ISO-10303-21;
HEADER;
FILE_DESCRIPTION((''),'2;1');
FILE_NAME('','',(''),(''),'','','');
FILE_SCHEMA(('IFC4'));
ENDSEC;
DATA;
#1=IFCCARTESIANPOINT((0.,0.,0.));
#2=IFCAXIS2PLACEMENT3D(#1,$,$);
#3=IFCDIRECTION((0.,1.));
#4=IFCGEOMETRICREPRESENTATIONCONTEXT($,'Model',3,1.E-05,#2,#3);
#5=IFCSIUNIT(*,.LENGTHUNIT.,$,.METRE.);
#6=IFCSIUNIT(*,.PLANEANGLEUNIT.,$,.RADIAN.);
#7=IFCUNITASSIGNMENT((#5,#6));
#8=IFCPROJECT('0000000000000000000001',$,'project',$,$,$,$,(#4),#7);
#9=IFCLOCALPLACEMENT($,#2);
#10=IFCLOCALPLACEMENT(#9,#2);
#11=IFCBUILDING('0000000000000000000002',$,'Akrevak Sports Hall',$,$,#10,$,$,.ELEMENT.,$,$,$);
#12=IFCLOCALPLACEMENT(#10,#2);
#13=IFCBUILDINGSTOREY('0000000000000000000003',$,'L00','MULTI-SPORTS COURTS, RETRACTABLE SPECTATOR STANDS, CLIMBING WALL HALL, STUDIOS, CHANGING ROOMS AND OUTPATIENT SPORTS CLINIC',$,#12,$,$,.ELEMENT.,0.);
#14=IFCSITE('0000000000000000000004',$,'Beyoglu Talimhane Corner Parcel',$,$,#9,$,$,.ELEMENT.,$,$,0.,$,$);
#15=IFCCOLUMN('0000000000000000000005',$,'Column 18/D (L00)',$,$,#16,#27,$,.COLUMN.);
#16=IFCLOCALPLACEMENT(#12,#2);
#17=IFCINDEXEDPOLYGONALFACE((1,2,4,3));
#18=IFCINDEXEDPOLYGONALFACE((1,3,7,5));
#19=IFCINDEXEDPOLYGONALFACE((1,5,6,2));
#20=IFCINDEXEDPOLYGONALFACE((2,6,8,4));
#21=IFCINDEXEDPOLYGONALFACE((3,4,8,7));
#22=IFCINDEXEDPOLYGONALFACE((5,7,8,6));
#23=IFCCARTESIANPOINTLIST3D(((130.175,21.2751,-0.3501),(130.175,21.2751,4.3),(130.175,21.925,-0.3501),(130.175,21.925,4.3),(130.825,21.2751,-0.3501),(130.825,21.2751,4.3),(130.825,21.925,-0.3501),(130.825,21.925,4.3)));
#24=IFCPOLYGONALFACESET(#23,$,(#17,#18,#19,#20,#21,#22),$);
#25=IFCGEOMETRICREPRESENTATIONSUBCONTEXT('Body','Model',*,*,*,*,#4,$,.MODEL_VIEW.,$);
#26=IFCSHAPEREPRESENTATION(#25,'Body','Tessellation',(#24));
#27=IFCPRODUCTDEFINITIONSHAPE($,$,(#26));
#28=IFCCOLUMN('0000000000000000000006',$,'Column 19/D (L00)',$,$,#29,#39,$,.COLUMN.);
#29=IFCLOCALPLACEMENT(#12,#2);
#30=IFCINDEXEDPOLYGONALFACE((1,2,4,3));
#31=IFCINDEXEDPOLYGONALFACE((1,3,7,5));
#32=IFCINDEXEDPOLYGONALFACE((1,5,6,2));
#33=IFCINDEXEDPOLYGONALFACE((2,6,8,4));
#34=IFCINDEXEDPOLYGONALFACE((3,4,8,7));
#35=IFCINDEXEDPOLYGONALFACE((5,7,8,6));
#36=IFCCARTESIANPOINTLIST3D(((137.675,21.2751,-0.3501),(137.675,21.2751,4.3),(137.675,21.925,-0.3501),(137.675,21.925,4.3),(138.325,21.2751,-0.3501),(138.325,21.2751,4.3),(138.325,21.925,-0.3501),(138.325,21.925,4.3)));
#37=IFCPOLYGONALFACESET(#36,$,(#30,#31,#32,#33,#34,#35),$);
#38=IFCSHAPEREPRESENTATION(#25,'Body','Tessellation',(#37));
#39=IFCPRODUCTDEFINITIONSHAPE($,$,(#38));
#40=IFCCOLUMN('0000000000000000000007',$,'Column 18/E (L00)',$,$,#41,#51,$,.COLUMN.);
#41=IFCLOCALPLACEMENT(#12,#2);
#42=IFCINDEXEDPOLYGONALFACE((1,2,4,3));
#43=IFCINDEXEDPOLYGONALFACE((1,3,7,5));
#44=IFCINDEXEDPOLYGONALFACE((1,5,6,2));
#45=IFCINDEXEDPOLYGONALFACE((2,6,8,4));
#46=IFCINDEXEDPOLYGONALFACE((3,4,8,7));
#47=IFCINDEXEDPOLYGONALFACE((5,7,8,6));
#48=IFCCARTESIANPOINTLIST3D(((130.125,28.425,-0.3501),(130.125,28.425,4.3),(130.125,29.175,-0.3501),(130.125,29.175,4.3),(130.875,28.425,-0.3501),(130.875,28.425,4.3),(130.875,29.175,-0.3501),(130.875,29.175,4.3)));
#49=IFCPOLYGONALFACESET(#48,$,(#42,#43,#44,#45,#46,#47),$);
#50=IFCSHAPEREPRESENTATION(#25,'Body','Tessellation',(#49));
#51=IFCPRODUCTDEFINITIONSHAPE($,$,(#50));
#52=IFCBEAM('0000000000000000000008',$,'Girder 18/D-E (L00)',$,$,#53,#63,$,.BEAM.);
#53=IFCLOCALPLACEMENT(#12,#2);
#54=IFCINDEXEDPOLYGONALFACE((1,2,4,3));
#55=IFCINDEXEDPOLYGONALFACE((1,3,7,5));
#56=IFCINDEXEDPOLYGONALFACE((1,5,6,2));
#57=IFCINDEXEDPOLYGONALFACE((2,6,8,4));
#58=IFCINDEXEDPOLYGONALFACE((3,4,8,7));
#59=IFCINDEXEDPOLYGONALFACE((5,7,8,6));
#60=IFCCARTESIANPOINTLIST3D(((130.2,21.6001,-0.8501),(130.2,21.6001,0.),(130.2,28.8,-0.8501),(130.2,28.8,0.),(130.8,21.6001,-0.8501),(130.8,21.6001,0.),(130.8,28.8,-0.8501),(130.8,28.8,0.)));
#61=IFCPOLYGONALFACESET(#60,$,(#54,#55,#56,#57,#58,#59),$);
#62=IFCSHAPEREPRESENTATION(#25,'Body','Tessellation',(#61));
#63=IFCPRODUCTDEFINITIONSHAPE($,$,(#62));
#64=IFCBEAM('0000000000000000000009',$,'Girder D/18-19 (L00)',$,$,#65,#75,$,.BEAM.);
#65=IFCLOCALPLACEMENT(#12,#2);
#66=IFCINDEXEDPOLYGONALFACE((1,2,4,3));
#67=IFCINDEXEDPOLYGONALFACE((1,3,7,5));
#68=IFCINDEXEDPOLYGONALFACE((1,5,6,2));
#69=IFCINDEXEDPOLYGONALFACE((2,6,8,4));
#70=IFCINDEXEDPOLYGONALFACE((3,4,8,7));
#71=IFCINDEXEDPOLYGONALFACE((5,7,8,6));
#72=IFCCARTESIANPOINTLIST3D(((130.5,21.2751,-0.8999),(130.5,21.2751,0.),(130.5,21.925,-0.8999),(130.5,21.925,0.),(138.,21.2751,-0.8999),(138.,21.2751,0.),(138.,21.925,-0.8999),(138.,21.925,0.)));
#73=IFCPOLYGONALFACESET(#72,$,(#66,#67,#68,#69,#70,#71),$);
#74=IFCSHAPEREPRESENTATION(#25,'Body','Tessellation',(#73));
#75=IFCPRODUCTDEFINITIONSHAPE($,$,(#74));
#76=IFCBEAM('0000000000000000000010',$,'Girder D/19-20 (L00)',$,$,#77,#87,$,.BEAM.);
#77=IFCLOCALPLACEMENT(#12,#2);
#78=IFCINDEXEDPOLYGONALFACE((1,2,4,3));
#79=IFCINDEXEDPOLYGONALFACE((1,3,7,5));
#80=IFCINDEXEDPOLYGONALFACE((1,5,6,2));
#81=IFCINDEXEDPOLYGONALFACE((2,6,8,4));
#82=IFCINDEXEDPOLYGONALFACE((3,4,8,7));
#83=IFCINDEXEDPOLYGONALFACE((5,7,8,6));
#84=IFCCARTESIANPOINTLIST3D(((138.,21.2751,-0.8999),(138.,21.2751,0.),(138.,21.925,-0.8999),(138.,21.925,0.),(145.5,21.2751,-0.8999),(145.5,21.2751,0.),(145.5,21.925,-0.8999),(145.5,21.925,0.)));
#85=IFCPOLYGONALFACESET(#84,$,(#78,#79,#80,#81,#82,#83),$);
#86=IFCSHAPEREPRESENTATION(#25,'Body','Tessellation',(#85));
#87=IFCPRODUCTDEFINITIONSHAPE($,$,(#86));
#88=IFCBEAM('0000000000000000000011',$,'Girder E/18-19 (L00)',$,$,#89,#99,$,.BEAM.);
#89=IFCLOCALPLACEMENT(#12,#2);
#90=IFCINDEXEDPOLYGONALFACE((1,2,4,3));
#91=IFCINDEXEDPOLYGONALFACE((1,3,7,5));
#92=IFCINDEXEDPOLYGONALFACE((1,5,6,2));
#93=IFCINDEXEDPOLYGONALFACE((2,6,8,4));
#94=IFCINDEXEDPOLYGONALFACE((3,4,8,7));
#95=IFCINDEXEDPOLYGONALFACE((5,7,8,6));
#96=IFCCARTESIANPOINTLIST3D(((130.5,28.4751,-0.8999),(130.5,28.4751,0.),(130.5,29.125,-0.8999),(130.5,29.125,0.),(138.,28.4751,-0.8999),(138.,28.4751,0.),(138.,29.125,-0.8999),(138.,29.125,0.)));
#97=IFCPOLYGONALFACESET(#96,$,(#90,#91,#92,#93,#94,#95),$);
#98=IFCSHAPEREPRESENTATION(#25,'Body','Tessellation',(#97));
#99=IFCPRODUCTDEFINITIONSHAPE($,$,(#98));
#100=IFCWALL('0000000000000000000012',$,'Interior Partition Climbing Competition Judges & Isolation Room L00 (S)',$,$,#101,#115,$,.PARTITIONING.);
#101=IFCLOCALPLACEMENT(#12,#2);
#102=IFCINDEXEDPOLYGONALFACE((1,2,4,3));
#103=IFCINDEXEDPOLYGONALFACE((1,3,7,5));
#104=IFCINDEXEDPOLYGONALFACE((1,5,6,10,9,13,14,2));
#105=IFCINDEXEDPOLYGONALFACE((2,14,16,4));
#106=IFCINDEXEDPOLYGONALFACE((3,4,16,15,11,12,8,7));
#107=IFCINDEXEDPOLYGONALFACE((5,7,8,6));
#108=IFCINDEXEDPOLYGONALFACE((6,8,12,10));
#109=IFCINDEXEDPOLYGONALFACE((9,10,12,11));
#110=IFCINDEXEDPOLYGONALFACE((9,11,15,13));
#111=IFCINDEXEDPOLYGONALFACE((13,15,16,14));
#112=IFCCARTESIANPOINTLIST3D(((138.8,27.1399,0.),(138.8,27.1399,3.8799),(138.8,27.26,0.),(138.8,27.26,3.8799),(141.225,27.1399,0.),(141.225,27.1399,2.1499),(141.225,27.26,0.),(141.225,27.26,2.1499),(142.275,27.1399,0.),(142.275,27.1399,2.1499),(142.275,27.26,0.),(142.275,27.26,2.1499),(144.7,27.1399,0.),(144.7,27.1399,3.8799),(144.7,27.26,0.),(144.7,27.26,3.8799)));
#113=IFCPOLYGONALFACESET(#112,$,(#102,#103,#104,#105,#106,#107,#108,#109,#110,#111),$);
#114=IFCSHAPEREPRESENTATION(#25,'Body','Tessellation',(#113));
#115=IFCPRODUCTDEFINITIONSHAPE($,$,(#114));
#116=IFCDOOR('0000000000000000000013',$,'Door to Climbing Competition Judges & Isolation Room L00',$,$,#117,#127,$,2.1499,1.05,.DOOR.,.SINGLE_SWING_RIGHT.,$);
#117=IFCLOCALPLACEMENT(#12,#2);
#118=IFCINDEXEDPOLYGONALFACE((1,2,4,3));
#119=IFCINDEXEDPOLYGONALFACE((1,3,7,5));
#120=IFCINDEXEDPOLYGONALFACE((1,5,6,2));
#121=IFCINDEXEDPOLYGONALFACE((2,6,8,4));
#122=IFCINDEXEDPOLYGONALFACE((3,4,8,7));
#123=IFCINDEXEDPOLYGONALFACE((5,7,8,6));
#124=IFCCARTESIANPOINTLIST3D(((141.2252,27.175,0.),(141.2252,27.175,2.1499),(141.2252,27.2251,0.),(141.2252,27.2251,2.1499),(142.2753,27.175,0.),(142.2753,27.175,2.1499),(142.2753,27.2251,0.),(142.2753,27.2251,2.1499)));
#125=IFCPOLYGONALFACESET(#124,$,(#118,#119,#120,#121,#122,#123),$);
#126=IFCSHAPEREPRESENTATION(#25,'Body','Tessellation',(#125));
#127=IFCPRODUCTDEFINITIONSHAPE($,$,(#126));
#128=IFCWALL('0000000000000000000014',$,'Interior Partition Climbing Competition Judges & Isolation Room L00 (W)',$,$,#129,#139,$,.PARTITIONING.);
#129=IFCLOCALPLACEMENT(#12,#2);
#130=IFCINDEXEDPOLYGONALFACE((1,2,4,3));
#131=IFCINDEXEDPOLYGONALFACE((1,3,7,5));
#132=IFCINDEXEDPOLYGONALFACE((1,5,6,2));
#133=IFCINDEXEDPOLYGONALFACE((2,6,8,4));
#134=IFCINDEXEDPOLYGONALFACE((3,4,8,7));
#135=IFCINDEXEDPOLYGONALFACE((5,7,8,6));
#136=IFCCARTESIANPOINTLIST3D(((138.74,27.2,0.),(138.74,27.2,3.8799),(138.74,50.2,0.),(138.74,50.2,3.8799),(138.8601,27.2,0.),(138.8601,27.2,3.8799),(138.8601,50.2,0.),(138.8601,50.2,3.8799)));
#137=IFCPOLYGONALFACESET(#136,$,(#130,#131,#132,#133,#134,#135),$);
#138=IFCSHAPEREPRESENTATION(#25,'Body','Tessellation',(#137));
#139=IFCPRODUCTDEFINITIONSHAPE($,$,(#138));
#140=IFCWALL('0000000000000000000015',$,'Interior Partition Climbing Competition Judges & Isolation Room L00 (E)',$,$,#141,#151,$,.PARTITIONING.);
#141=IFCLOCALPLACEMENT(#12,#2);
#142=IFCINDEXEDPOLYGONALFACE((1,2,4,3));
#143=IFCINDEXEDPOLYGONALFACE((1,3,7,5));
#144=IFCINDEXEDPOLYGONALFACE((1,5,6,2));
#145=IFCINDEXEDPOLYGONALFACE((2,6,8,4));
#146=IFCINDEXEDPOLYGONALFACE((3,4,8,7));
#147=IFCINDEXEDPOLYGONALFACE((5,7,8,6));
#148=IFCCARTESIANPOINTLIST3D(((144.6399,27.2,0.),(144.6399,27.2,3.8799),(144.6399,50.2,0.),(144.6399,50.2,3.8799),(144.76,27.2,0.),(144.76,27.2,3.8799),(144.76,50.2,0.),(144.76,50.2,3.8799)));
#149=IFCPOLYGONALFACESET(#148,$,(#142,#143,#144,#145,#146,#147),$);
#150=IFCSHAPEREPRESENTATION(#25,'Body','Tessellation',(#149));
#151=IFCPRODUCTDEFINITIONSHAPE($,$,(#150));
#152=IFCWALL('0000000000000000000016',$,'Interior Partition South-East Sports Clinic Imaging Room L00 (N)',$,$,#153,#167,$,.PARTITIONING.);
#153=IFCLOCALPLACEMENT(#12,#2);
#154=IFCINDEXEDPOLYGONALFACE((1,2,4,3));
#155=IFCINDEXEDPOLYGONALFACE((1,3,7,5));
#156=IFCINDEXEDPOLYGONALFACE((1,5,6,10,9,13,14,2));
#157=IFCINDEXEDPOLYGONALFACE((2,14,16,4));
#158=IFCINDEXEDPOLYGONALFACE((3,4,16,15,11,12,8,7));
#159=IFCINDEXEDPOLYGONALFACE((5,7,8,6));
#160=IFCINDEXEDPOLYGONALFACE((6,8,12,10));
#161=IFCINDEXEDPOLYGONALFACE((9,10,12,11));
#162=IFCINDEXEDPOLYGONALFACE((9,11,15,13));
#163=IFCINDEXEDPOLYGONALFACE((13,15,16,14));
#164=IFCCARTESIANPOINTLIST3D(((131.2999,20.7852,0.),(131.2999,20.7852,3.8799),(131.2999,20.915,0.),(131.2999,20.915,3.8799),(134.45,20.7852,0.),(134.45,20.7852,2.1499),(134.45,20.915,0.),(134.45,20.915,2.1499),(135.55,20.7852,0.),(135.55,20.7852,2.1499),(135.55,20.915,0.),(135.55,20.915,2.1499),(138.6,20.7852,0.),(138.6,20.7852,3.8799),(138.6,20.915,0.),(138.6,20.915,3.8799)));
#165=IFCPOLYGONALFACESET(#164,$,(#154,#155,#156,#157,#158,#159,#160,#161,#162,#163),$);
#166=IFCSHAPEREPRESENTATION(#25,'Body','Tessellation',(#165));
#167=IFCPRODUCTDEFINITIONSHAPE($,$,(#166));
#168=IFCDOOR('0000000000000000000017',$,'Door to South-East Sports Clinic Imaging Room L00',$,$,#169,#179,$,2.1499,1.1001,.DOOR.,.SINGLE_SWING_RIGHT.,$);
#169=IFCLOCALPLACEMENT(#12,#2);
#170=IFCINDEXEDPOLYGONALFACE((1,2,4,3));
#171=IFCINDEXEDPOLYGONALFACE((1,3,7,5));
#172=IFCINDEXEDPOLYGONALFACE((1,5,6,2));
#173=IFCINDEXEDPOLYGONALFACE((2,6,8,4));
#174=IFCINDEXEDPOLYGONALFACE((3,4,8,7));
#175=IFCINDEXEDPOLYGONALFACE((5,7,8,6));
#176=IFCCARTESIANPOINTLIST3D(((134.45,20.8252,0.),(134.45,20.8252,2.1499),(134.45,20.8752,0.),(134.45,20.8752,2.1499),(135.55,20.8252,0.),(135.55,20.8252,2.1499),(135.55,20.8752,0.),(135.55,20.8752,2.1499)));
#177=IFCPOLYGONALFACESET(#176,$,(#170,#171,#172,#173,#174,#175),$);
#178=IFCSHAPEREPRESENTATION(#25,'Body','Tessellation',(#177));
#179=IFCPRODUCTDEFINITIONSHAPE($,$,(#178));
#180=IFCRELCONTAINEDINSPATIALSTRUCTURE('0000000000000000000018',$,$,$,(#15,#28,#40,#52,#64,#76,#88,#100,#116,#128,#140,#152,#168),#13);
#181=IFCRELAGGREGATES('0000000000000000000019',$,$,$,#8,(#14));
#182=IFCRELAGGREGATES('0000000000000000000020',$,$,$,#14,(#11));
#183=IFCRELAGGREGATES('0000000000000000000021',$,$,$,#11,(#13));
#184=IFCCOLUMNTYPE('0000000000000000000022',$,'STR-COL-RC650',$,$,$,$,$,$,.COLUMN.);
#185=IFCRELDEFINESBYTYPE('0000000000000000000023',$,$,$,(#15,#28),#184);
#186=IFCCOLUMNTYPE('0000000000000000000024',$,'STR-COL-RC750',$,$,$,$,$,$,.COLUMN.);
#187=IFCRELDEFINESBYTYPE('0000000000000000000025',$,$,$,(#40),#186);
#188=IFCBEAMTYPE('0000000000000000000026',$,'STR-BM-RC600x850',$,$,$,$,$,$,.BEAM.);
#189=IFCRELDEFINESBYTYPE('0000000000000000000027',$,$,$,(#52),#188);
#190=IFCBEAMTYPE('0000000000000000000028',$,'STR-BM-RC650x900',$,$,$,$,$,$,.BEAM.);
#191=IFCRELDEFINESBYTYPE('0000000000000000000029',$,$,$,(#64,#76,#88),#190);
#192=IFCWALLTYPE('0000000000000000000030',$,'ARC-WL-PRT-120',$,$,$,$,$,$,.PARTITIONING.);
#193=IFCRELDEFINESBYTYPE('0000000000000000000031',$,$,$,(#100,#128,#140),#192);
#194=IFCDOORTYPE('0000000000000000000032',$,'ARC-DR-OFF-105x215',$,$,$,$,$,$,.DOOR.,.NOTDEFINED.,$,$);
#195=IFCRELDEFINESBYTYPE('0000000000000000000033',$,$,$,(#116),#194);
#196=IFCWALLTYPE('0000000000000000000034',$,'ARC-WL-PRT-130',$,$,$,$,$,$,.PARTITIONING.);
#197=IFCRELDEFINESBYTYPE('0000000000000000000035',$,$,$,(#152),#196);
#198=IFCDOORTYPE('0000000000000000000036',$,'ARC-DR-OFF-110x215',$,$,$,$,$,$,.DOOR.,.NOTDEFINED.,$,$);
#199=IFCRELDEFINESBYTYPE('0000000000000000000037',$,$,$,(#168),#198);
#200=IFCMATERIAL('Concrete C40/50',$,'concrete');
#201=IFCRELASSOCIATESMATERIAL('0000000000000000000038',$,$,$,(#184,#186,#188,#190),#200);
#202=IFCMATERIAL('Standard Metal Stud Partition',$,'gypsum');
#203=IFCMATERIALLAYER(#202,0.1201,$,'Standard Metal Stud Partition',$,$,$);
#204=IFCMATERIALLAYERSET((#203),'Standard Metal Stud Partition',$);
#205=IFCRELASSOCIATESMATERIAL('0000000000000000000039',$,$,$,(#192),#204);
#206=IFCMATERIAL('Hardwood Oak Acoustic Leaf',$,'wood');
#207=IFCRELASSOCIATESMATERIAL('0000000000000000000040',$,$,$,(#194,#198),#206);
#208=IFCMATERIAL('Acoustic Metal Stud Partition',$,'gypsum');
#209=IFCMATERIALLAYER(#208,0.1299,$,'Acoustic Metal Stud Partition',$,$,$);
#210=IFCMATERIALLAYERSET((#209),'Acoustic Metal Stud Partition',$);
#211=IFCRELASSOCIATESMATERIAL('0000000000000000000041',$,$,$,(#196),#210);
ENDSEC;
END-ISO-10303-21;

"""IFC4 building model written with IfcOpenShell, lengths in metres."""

from ifc_helpers import new_model, si_unit, direction, frame, frame_2d, origin, origin_2d, place, context, subcontext, project, spatial, rectangle, extrude, material, layer, layer_set, material_profile, profile_set, type_object, element, fill, save


model = new_model("IFC4")

# Units and contexts
model_context = context("Model", 3, precision=1e-05, world=origin(), true_north=direction((0.0, 1.0)))
body_context = subcontext(model_context, "Body", "Model", "MODEL_VIEW")
ifc_project = project(units=[si_unit("LENGTHUNIT", "METRE"), si_unit("PLANEANGLEUNIT", "RADIAN")], contexts=[model_context])

# Site, building, storey
site_placement = place(None, origin())
site = spatial("IfcSite", under=ifc_project, at=site_placement, Name="Beyoglu Talimhane Corner Parcel", CompositionType="ELEMENT", RefElevation=0.0)
building_placement = place(site_placement, origin())
building = spatial("IfcBuilding", under=site, at=building_placement, Name="Akrevak Sports Hall", CompositionType="ELEMENT")
storey_placement = place(building_placement, origin())
storey = spatial("IfcBuildingStorey", under=building, at=storey_placement, Name="L00", Description="MULTI-SPORTS COURTS, RETRACTABLE SPECTATOR STANDS, CLIMBING WALL HALL, STUDIOS, CHANGING ROOMS AND OUTPATIENT SPORTS CLINIC", CompositionType="ELEMENT", Elevation=0.0)

# Columns
ifc_material_1 = material(Name="Concrete C40/50", Category="concrete")
ifc_material_profile_1 = material_profile(ifc_material_1, rectangle(XDim=0.6499, YDim=0.6499, at=origin_2d()), Name="RC 650x650", Category="concrete")
ifc_profile_set_1 = profile_set([ifc_material_profile_1], Name="Concrete C40/50")
column_type_1 = type_object("IfcColumnType", Name="STR-COL-RC650", PredefinedType="COLUMN", material=ifc_profile_set_1)
for number, where, z_axis, x_axis, name in (
    (1, (130.5, 21.6001, -0.3501), (0.0, 0.0, 1.0), (1.0, 0.0, 0.0), "Column 18/D (L00)"),
    (2, (138.0, 21.6001, -0.3501), (0.0, 0.0, 1.0), (1.0, 0.0, 0.0), "Column 19/D (L00)"),
):
    element("IfcColumn", number, at=place(storey_placement, frame(where, z_axis=z_axis, x_axis=x_axis)), inside=storey, type_object=column_type_1, Name=name, PredefinedType="COLUMN", context=body_context, shape_type="SweptSolid", body=[
        extrude(rectangle(XDim=0.6499, YDim=0.6499, at=origin_2d()), origin(), (0.0, 0.0, 1.0), 4.6501),
    ])
ifc_material_profile_2 = material_profile(ifc_material_1, rectangle(XDim=0.75, YDim=0.75, at=origin_2d()), Name="RC 750x750", Category="concrete")
ifc_profile_set_2 = profile_set([ifc_material_profile_2], Name="Concrete C40/50")
column_type_2 = type_object("IfcColumnType", Name="STR-COL-RC750", PredefinedType="COLUMN", material=ifc_profile_set_2)
column_placement = place(storey_placement, frame((130.5, 28.8, -0.3501), z_axis=(0.0, 0.0, 1.0), x_axis=(1.0, 0.0, 0.0)))
element("IfcColumn", 3, at=column_placement, inside=storey, type_object=column_type_2, Name="Column 18/E (L00)", PredefinedType="COLUMN", context=body_context, shape_type="SweptSolid", body=[
    extrude(rectangle(XDim=0.75, YDim=0.75, at=origin_2d()), origin(), (0.0, 0.0, 1.0), 4.6501),
])

# Beams
ifc_material_profile_3 = material_profile(ifc_material_1, rectangle(XDim=0.6001, YDim=0.8501, at=origin_2d()), Name="BM 600x850", Category="concrete")
ifc_profile_set_3 = profile_set([ifc_material_profile_3], Name="Concrete C40/50")
beam_type_1 = type_object("IfcBeamType", Name="STR-BM-RC600x850", PredefinedType="BEAM", material=ifc_profile_set_3)
beam_placement = place(storey_placement, frame((130.5, 21.6001, -0.425), z_axis=(0.0, 1.0, 0.0), x_axis=(-1.0, 0.0, 0.0)))
element("IfcBeam", 4, at=beam_placement, inside=storey, type_object=beam_type_1, Name="Girder 18/D-E (L00)", PredefinedType="BEAM", context=body_context, shape_type="SweptSolid", body=[
    extrude(rectangle(XDim=0.6001, YDim=0.8501, at=origin_2d()), origin(), (0.0, 0.0, 1.0), 7.2),
])
ifc_material_profile_4 = material_profile(ifc_material_1, rectangle(XDim=0.6499, YDim=0.8999, at=origin_2d()), Name="BM 650x900", Category="concrete")
ifc_profile_set_4 = profile_set([ifc_material_profile_4], Name="Concrete C40/50")
beam_type_2 = type_object("IfcBeamType", Name="STR-BM-RC650x900", PredefinedType="BEAM", material=ifc_profile_set_4)
for number, where, z_axis, x_axis, name in (
    (5, (130.5, 21.6001, -0.45), (1.0, 0.0, 0.0), (0.0, 1.0, 0.0), "Girder D/18-19 (L00)"),
    (6, (138.0, 21.6001, -0.45), (1.0, 0.0, 0.0), (0.0, 1.0, 0.0), "Girder D/19-20 (L00)"),
    (7, (130.5, 28.8, -0.45), (1.0, 0.0, 0.0), (0.0, 1.0, 0.0), "Girder E/18-19 (L00)"),
):
    element("IfcBeam", number, at=place(storey_placement, frame(where, z_axis=z_axis, x_axis=x_axis)), inside=storey, type_object=beam_type_2, Name=name, PredefinedType="BEAM", context=body_context, shape_type="SweptSolid", body=[
        extrude(rectangle(XDim=0.6499, YDim=0.8999, at=origin_2d()), origin(), (0.0, 0.0, 1.0), 7.5),
    ])

# Wall, opening, door
ifc_material_2 = material(Name="Standard Metal Stud Partition", Category="gypsum")
ifc_layer_1 = layer(ifc_material_2, 0.1201, Name="Standard Metal Stud Partition")
ifc_layer_set_1 = layer_set([ifc_layer_1], Name="Standard Metal Stud Partition")
wall_type_1 = type_object("IfcWallType", Name="ARC-WL-PRT-120", PredefinedType="PARTITIONING", material=ifc_layer_set_1)
wall_1_placement = place(storey_placement, frame((138.8, 27.2, 0.0), z_axis=(0.0, 0.0, 1.0), x_axis=(1.0, 0.0, 0.0)))
wall_1 = element("IfcWall", 8, at=wall_1_placement, inside=storey, type_object=wall_type_1, Name="Interior Partition Climbing Competition Judges & Isolation Room L00 (S)", PredefinedType="PARTITIONING", context=body_context, shape_type="SweptSolid", body=[
    extrude(rectangle(XDim=5.8999, YDim=0.1201, at=frame_2d((2.95, 0.0))), origin(), (0.0, 0.0, 1.0), 3.8799),
])
opening_1_placement = place(wall_1_placement, frame((2.425, 0.0, 0.0)))
opening_1 = element("IfcOpeningElement", 9, at=opening_1_placement, cuts=wall_1, PredefinedType="OPENING", context=body_context, shape_type="SweptSolid", body=[
    extrude(rectangle(XDim=1.05, YDim=2.1499, at=frame_2d((0.5249, 1.075))), frame((0.0, 0.072, 0.0), z_axis=(0.0, -1.0, 0.0), x_axis=(1.0, 0.0, 0.0)), (0.0, 0.0, 1.0), 0.144),
])
ifc_material_3 = material(Name="Hardwood Oak Acoustic Leaf", Category="wood")
door_type_1 = type_object("IfcDoorType", Name="ARC-DR-OFF-105x215", OperationType="NOTDEFINED", PredefinedType="DOOR", material=ifc_material_3)
door_1_placement = place(opening_1_placement, frame((1.05, 0.0, 0.0), z_axis=(0.0, 0.0, 1.0), x_axis=(-1.0, 0.0, 0.0)))
door_1 = element("IfcDoor", 10, at=door_1_placement, inside=storey, type_object=door_type_1, Name="Door to Climbing Competition Judges & Isolation Room L00", OperationType="SINGLE_SWING_RIGHT", OverallHeight=2.1499, OverallWidth=1.05, PredefinedType="DOOR", context=body_context, shape_type="SweptSolid", body=[
    extrude(rectangle(XDim=1.05, YDim=2.1499, at=frame_2d((0.5249, 1.075))), frame((0.0, 0.0249, 0.0), z_axis=(0.0, -1.0, 0.0), x_axis=(1.0, 0.0, 0.0)), (0.0, 0.0, 1.0), 0.05),
])
fill(opening_1, door_1)

# Walls
for number, where, z_axis, x_axis, name in (
    (11, (138.8, 27.2, 0.0), (0.0, 0.0, 1.0), (0.0, 1.0, 0.0), "Interior Partition Climbing Competition Judges & Isolation Room L00 (W)"),
    (12, (144.7, 27.2, 0.0), (0.0, 0.0, 1.0), (0.0, 1.0, 0.0), "Interior Partition Climbing Competition Judges & Isolation Room L00 (E)"),
):
    element("IfcWall", number, at=place(storey_placement, frame(where, z_axis=z_axis, x_axis=x_axis)), inside=storey, type_object=wall_type_1, Name=name, PredefinedType="PARTITIONING", context=body_context, shape_type="SweptSolid", body=[
        extrude(rectangle(XDim=23.0, YDim=0.1201, at=frame_2d((11.5, 0.0))), origin(), (0.0, 0.0, 1.0), 3.8799),
    ])

# Wall, opening, door
ifc_material_4 = material(Name="Acoustic Metal Stud Partition", Category="gypsum")
ifc_layer_2 = layer(ifc_material_4, 0.1299, Name="Acoustic Metal Stud Partition")
ifc_layer_set_2 = layer_set([ifc_layer_2], Name="Acoustic Metal Stud Partition")
wall_type_2 = type_object("IfcWallType", Name="ARC-WL-PRT-130", PredefinedType="PARTITIONING", material=ifc_layer_set_2)
wall_2_placement = place(storey_placement, frame((131.3, 20.8501, 0.0), z_axis=(0.0, 0.0, 1.0), x_axis=(1.0, 0.0, 0.0)))
wall_2 = element("IfcWall", 13, at=wall_2_placement, inside=storey, type_object=wall_type_2, Name="Interior Partition South-East Sports Clinic Imaging Room L00 (N)", PredefinedType="PARTITIONING", context=body_context, shape_type="SweptSolid", body=[
    extrude(rectangle(XDim=7.3, YDim=0.1299, at=frame_2d((3.6499, 0.0))), origin(), (0.0, 0.0, 1.0), 3.8799),
])
opening_2_placement = place(wall_2_placement, frame((3.1499, 0.0, 0.0)))
opening_2 = element("IfcOpeningElement", 14, at=opening_2_placement, cuts=wall_2, PredefinedType="OPENING", context=body_context, shape_type="SweptSolid", body=[
    extrude(rectangle(XDim=1.1001, YDim=2.1499, at=frame_2d((0.55, 1.075))), frame((0.0, 0.0769, 0.0), z_axis=(0.0, -1.0, 0.0), x_axis=(1.0, 0.0, 0.0)), (0.0, 0.0, 1.0), 0.1538),
])
door_type_2 = type_object("IfcDoorType", Name="ARC-DR-OFF-110x215", OperationType="NOTDEFINED", PredefinedType="DOOR", material=ifc_material_3)
door_2_placement = place(opening_2_placement, frame((1.1001, 0.0, 0.0), z_axis=(0.0, 0.0, 1.0), x_axis=(-1.0, 0.0, 0.0)))
door_2 = element("IfcDoor", 15, at=door_2_placement, inside=storey, type_object=door_type_2, Name="Door to South-East Sports Clinic Imaging Room L00", OperationType="SINGLE_SWING_RIGHT", OverallHeight=2.1499, OverallWidth=1.1001, PredefinedType="DOOR", context=body_context, shape_type="SweptSolid", body=[
    extrude(rectangle(XDim=1.1001, YDim=2.1499, at=frame_2d((0.55, 1.075))), frame((0.0, 0.0249, 0.0), z_axis=(0.0, -1.0, 0.0), x_axis=(1.0, 0.0, 0.0)), (0.0, 0.0, 1.0), 0.05),
])
fill(opening_2, door_2)

save(model, "model.ifc")
